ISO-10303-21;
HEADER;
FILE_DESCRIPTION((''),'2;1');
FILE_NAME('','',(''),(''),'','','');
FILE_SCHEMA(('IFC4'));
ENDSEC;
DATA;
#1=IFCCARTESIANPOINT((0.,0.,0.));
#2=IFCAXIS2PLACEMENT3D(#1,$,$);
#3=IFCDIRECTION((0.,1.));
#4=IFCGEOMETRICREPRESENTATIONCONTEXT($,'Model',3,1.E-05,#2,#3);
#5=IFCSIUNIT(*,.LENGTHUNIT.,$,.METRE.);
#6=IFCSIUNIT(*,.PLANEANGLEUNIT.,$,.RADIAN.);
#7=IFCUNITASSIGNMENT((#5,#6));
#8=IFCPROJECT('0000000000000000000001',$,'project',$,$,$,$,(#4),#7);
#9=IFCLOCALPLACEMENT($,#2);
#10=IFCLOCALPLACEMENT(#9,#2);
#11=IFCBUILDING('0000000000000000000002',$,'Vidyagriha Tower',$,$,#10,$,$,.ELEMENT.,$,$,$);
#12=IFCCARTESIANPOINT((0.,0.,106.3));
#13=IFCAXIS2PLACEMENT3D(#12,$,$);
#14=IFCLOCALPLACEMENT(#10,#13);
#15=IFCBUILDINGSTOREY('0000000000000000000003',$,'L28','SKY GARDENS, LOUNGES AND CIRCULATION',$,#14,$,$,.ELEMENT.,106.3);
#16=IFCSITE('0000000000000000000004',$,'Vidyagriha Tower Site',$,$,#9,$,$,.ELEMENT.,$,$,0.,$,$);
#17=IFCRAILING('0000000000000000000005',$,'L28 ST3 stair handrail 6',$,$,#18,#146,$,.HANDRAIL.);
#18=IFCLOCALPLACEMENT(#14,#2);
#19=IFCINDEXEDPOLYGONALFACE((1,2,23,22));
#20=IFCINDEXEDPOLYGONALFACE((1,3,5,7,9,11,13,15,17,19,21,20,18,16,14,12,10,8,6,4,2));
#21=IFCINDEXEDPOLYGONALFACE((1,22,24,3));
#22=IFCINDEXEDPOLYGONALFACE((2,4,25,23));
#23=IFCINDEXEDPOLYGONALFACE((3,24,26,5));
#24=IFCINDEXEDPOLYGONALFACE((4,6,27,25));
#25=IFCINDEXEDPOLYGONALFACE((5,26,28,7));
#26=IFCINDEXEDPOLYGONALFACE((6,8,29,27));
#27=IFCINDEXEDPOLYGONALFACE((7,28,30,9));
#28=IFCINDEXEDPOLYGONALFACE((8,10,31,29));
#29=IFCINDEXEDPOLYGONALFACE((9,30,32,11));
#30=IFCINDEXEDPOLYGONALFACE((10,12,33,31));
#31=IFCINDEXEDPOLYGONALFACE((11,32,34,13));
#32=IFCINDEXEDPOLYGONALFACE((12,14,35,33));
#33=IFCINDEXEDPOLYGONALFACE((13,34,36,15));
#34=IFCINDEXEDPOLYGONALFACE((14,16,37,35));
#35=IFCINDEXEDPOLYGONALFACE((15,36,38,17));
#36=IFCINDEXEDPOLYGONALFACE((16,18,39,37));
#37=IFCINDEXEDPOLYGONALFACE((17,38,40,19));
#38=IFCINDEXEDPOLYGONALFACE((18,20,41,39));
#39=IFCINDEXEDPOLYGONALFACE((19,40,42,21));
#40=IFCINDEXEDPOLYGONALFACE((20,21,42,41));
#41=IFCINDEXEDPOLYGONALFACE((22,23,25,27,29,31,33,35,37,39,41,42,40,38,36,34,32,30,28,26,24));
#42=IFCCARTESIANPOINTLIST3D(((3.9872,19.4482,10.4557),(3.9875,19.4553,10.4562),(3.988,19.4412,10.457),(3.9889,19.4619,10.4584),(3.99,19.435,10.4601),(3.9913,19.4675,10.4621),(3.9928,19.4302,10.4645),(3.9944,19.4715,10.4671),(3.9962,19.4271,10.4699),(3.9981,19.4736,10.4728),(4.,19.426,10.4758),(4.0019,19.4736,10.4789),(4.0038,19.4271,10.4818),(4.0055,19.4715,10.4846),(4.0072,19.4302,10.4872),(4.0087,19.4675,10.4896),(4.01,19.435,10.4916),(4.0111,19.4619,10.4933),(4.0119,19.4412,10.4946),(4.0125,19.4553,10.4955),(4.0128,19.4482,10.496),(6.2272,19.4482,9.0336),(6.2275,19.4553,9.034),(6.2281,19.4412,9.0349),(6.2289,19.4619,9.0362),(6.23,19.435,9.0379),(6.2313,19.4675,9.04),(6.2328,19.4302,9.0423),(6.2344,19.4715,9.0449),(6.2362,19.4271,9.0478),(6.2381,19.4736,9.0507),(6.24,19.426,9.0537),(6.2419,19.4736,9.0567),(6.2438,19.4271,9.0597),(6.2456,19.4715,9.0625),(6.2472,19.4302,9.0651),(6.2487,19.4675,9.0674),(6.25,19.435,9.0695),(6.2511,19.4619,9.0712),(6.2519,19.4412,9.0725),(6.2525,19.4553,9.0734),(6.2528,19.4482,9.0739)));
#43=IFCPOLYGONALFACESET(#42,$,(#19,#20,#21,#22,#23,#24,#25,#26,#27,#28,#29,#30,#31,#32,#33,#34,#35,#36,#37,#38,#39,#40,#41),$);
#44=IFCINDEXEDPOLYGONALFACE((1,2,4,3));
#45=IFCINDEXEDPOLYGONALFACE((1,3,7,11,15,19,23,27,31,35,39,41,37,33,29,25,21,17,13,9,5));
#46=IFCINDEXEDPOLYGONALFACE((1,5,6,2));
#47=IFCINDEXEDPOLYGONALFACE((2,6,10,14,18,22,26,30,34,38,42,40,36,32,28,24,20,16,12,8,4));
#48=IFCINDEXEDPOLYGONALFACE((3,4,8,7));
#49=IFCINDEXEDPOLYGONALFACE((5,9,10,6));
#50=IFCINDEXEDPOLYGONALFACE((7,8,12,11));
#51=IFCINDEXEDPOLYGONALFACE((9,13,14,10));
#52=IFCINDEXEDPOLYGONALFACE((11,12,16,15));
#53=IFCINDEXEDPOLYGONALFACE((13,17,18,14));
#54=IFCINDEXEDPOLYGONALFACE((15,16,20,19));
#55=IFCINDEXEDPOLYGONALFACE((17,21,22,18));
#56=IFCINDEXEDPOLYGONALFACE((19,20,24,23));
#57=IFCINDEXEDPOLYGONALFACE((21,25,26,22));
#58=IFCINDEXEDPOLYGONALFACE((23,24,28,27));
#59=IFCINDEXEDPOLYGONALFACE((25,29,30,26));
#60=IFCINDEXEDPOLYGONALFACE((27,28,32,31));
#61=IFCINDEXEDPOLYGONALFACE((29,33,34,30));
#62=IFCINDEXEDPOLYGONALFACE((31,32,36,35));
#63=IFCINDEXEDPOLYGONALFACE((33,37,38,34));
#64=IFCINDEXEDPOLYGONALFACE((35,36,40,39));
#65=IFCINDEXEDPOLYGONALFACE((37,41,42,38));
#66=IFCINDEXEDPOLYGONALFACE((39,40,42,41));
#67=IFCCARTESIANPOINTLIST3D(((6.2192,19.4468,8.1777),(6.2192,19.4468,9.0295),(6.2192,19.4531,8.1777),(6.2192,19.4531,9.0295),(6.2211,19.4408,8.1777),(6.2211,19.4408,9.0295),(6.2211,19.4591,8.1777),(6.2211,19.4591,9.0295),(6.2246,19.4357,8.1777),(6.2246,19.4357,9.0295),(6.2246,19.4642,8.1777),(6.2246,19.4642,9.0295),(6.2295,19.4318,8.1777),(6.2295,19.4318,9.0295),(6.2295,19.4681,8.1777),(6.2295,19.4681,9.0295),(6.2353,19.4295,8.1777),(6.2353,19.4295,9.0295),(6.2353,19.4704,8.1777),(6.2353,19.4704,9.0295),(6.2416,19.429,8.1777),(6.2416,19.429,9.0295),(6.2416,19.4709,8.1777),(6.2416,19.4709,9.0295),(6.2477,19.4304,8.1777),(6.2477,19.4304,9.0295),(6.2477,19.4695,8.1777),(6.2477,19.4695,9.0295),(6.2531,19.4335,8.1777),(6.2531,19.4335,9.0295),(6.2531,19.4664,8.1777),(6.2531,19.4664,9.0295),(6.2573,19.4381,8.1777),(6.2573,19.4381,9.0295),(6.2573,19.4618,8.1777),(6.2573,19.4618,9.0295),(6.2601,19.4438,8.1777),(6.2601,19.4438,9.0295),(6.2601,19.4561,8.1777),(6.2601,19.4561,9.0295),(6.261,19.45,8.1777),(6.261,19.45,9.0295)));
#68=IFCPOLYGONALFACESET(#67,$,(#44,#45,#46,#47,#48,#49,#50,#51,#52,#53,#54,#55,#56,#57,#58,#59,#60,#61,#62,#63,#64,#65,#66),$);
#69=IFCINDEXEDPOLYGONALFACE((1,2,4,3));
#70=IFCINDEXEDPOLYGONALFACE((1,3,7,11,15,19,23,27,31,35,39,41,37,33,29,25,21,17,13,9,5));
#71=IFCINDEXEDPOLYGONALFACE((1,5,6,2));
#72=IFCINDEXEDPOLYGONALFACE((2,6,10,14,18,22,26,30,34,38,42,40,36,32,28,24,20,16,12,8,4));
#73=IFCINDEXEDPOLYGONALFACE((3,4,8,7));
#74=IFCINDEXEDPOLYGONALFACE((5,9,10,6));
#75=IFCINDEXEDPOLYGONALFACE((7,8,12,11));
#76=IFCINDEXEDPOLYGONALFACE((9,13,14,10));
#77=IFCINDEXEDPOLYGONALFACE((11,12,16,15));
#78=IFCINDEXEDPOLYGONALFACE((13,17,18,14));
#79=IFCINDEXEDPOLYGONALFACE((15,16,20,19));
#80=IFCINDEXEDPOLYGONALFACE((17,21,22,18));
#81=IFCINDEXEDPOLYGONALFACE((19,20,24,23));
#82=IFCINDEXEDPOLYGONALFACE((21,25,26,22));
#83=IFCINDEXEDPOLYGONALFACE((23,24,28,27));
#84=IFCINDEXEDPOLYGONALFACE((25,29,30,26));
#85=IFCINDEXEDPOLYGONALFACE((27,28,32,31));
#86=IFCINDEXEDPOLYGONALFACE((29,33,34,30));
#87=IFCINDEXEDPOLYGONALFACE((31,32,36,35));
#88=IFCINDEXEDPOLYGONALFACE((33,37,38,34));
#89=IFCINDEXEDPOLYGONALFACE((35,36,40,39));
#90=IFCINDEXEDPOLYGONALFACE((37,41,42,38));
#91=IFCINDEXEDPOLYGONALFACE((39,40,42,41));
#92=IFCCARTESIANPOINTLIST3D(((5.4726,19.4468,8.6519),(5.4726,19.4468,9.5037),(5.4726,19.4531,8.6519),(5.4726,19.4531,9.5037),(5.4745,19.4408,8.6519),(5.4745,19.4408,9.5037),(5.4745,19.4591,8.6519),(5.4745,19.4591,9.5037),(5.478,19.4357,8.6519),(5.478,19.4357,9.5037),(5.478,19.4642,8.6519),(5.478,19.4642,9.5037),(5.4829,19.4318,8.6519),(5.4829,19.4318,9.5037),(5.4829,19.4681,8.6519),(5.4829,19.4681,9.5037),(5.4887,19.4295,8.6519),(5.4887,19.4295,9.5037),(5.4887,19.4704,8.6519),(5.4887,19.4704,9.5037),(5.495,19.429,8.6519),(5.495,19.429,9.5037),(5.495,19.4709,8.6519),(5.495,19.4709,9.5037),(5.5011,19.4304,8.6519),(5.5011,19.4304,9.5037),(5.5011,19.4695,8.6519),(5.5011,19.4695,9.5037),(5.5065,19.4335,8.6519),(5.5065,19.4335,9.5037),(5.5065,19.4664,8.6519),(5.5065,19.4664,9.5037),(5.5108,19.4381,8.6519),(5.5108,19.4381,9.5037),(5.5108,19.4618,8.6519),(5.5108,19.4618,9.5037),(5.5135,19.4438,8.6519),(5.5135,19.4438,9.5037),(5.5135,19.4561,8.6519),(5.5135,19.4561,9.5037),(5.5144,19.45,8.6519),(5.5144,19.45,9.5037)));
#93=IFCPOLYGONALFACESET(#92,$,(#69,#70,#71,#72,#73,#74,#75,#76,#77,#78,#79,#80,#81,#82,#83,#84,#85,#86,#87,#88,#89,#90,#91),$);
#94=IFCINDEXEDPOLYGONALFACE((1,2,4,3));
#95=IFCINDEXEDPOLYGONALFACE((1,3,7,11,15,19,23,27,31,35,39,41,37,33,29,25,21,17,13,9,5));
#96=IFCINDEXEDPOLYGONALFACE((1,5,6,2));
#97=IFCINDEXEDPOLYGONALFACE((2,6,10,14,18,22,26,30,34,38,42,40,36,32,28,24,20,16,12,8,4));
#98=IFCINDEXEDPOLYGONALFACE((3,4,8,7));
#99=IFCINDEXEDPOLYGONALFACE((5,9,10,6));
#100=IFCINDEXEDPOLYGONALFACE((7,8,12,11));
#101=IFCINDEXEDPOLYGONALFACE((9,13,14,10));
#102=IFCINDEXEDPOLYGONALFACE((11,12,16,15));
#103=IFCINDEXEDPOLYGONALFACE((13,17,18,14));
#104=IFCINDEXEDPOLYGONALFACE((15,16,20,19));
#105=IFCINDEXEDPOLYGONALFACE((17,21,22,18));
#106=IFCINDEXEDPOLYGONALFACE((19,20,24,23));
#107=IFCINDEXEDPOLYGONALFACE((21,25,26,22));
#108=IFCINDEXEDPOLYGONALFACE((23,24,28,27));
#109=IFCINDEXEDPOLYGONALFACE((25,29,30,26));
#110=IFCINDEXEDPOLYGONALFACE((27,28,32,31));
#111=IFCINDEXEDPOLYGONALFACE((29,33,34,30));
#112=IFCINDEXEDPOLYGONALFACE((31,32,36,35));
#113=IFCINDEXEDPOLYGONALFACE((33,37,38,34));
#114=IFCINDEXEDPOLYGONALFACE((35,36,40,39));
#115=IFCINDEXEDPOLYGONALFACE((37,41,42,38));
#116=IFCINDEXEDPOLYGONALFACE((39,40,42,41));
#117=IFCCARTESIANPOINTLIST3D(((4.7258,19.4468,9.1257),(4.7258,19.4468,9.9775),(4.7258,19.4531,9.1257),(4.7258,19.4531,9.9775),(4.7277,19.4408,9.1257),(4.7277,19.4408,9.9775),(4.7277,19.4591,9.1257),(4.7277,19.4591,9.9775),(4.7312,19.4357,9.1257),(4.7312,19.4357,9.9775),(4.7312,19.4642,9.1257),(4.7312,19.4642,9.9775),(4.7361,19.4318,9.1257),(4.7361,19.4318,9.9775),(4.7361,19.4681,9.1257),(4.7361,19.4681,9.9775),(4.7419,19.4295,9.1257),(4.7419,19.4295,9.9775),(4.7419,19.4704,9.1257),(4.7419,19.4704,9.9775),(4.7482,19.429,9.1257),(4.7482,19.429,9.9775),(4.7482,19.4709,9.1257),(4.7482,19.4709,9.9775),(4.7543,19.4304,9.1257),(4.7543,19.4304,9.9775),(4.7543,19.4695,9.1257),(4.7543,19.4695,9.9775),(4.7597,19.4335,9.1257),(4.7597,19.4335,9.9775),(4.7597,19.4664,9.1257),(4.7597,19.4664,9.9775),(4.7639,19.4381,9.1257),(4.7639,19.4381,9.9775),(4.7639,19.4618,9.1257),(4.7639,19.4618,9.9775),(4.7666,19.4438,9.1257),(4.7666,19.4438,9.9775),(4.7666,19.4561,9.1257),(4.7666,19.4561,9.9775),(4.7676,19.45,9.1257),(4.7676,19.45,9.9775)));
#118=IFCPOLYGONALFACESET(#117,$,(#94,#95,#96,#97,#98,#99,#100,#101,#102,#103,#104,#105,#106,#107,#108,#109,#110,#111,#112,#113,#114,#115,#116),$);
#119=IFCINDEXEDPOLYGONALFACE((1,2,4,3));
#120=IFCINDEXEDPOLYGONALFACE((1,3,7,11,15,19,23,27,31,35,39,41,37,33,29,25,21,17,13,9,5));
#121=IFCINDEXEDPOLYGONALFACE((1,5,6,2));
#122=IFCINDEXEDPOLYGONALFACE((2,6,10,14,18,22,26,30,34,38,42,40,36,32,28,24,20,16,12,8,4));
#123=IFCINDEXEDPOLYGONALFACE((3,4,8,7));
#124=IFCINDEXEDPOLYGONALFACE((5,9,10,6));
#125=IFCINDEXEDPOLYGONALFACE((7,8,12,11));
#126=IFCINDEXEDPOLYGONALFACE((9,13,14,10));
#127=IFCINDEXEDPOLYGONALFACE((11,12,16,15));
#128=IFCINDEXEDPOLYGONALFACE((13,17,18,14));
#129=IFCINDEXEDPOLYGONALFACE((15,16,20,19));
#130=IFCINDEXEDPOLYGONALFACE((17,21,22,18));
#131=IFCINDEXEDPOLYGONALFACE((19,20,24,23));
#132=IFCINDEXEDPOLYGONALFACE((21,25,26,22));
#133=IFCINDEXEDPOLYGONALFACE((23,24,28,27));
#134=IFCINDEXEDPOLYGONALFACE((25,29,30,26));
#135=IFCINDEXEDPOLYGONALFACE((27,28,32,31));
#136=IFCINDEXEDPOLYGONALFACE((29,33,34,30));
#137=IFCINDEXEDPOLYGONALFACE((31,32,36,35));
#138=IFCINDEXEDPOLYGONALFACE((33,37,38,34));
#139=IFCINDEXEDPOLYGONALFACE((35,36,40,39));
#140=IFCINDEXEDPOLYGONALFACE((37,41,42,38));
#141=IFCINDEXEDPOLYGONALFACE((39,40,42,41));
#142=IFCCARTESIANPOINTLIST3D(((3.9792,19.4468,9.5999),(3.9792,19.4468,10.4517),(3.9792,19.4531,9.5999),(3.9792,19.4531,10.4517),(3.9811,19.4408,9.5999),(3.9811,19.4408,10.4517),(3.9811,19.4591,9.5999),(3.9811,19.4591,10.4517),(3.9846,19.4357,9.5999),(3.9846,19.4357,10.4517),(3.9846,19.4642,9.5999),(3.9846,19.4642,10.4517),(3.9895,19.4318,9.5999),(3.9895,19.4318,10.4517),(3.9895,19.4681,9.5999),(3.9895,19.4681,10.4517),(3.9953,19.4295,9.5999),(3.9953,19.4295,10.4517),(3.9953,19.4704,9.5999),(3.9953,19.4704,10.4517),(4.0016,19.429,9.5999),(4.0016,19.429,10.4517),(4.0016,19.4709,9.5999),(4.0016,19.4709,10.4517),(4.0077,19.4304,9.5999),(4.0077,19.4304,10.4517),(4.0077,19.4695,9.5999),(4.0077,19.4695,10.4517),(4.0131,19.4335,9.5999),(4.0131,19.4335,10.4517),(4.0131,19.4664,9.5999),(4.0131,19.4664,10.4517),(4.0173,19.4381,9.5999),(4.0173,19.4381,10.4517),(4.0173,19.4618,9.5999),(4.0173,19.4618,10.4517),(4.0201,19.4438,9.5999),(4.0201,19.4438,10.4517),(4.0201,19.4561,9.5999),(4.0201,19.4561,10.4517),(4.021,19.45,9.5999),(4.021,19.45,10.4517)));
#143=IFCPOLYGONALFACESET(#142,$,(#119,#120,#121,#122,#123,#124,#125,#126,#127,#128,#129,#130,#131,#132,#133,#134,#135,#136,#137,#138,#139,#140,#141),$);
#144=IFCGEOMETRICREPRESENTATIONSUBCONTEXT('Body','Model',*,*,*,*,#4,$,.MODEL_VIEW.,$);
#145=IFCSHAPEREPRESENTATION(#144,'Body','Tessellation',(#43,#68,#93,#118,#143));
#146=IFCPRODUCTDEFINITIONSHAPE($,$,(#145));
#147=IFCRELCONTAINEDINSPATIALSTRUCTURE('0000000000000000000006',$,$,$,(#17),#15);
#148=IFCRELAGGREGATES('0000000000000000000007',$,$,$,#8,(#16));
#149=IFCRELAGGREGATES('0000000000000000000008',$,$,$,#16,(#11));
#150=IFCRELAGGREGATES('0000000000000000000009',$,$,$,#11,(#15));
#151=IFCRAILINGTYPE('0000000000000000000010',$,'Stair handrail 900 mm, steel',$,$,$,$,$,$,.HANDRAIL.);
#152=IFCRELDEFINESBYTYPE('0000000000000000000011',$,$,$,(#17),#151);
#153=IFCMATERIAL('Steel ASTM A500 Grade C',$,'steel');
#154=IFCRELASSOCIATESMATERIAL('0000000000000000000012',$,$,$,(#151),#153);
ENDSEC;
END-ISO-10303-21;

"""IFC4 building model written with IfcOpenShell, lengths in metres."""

from ifc_helpers import new_model, si_unit, direction, frame, origin, origin_2d, place, context, subcontext, project, spatial, circle, extrude, material, type_object, element, save


model = new_model("IFC4")

# Units and contexts
model_context = context("Model", 3, precision=1e-05, world=origin(), true_north=direction((0.0, 1.0)))
body_context = subcontext(model_context, "Body", "Model", "MODEL_VIEW")
ifc_project = project(units=[si_unit("LENGTHUNIT", "METRE"), si_unit("PLANEANGLEUNIT", "RADIAN")], contexts=[model_context])

# Site, building, storey
site_placement = place(None, origin())
site = spatial("IfcSite", under=ifc_project, at=site_placement, Name="Vidyagriha Tower Site", CompositionType="ELEMENT", RefElevation=0.0)
building_placement = place(site_placement, origin())
building = spatial("IfcBuilding", under=site, at=building_placement, Name="Vidyagriha Tower", CompositionType="ELEMENT")
storey_placement = place(building_placement, frame((0.0, 0.0, 106.3)))
storey = spatial("IfcBuildingStorey", under=building, at=storey_placement, Name="L28", Description="SKY GARDENS, LOUNGES AND CIRCULATION", CompositionType="ELEMENT", Elevation=106.3)

# Railing
ifc_material_1 = material(Name="Steel ASTM A500 Grade C", Category="steel")
railing_type_1 = type_object("IfcRailingType", Name="Stair handrail 900 mm, steel", PredefinedType="HANDRAIL", material=ifc_material_1)
for number, where, name in (
    (1, (6.24, 19.45, 8.1777), "L28 ST3 stair handrail 6"),
):
    element("IfcRailing", number, at=place(storey_placement, frame(where)), inside=storey, type_object=railing_type_1, Name=name, PredefinedType="HANDRAIL", context=body_context, shape_type="SweptSolid", body=[
        extrude(circle(Radius=0.0239, at=origin_2d()), frame((0.0, 0.0, 0.876), z_axis=(-0.844229, 0.0, 0.535982), x_axis=(0.0, -1.0, 0.0)), (0.0, 0.0, 1.0), 2.6533),
        extrude(circle(Radius=0.021, at=origin_2d()), origin(), (0.0, 0.0, 1.0), 0.8518),
        extrude(circle(Radius=0.021, at=origin_2d()), frame((-0.7466, 0.0, 0.4741)), (0.0, 0.0, 1.0), 0.8518),
        extrude(circle(Radius=0.021, at=origin_2d()), frame((-1.4934, 0.0, 0.948)), (0.0, 0.0, 1.0), 0.8518),
        extrude(circle(Radius=0.021, at=origin_2d()), frame((-2.24, 0.0, 1.4221)), (0.0, 0.0, 1.0), 0.8518),
    ])

save(model, "model.ifc")
